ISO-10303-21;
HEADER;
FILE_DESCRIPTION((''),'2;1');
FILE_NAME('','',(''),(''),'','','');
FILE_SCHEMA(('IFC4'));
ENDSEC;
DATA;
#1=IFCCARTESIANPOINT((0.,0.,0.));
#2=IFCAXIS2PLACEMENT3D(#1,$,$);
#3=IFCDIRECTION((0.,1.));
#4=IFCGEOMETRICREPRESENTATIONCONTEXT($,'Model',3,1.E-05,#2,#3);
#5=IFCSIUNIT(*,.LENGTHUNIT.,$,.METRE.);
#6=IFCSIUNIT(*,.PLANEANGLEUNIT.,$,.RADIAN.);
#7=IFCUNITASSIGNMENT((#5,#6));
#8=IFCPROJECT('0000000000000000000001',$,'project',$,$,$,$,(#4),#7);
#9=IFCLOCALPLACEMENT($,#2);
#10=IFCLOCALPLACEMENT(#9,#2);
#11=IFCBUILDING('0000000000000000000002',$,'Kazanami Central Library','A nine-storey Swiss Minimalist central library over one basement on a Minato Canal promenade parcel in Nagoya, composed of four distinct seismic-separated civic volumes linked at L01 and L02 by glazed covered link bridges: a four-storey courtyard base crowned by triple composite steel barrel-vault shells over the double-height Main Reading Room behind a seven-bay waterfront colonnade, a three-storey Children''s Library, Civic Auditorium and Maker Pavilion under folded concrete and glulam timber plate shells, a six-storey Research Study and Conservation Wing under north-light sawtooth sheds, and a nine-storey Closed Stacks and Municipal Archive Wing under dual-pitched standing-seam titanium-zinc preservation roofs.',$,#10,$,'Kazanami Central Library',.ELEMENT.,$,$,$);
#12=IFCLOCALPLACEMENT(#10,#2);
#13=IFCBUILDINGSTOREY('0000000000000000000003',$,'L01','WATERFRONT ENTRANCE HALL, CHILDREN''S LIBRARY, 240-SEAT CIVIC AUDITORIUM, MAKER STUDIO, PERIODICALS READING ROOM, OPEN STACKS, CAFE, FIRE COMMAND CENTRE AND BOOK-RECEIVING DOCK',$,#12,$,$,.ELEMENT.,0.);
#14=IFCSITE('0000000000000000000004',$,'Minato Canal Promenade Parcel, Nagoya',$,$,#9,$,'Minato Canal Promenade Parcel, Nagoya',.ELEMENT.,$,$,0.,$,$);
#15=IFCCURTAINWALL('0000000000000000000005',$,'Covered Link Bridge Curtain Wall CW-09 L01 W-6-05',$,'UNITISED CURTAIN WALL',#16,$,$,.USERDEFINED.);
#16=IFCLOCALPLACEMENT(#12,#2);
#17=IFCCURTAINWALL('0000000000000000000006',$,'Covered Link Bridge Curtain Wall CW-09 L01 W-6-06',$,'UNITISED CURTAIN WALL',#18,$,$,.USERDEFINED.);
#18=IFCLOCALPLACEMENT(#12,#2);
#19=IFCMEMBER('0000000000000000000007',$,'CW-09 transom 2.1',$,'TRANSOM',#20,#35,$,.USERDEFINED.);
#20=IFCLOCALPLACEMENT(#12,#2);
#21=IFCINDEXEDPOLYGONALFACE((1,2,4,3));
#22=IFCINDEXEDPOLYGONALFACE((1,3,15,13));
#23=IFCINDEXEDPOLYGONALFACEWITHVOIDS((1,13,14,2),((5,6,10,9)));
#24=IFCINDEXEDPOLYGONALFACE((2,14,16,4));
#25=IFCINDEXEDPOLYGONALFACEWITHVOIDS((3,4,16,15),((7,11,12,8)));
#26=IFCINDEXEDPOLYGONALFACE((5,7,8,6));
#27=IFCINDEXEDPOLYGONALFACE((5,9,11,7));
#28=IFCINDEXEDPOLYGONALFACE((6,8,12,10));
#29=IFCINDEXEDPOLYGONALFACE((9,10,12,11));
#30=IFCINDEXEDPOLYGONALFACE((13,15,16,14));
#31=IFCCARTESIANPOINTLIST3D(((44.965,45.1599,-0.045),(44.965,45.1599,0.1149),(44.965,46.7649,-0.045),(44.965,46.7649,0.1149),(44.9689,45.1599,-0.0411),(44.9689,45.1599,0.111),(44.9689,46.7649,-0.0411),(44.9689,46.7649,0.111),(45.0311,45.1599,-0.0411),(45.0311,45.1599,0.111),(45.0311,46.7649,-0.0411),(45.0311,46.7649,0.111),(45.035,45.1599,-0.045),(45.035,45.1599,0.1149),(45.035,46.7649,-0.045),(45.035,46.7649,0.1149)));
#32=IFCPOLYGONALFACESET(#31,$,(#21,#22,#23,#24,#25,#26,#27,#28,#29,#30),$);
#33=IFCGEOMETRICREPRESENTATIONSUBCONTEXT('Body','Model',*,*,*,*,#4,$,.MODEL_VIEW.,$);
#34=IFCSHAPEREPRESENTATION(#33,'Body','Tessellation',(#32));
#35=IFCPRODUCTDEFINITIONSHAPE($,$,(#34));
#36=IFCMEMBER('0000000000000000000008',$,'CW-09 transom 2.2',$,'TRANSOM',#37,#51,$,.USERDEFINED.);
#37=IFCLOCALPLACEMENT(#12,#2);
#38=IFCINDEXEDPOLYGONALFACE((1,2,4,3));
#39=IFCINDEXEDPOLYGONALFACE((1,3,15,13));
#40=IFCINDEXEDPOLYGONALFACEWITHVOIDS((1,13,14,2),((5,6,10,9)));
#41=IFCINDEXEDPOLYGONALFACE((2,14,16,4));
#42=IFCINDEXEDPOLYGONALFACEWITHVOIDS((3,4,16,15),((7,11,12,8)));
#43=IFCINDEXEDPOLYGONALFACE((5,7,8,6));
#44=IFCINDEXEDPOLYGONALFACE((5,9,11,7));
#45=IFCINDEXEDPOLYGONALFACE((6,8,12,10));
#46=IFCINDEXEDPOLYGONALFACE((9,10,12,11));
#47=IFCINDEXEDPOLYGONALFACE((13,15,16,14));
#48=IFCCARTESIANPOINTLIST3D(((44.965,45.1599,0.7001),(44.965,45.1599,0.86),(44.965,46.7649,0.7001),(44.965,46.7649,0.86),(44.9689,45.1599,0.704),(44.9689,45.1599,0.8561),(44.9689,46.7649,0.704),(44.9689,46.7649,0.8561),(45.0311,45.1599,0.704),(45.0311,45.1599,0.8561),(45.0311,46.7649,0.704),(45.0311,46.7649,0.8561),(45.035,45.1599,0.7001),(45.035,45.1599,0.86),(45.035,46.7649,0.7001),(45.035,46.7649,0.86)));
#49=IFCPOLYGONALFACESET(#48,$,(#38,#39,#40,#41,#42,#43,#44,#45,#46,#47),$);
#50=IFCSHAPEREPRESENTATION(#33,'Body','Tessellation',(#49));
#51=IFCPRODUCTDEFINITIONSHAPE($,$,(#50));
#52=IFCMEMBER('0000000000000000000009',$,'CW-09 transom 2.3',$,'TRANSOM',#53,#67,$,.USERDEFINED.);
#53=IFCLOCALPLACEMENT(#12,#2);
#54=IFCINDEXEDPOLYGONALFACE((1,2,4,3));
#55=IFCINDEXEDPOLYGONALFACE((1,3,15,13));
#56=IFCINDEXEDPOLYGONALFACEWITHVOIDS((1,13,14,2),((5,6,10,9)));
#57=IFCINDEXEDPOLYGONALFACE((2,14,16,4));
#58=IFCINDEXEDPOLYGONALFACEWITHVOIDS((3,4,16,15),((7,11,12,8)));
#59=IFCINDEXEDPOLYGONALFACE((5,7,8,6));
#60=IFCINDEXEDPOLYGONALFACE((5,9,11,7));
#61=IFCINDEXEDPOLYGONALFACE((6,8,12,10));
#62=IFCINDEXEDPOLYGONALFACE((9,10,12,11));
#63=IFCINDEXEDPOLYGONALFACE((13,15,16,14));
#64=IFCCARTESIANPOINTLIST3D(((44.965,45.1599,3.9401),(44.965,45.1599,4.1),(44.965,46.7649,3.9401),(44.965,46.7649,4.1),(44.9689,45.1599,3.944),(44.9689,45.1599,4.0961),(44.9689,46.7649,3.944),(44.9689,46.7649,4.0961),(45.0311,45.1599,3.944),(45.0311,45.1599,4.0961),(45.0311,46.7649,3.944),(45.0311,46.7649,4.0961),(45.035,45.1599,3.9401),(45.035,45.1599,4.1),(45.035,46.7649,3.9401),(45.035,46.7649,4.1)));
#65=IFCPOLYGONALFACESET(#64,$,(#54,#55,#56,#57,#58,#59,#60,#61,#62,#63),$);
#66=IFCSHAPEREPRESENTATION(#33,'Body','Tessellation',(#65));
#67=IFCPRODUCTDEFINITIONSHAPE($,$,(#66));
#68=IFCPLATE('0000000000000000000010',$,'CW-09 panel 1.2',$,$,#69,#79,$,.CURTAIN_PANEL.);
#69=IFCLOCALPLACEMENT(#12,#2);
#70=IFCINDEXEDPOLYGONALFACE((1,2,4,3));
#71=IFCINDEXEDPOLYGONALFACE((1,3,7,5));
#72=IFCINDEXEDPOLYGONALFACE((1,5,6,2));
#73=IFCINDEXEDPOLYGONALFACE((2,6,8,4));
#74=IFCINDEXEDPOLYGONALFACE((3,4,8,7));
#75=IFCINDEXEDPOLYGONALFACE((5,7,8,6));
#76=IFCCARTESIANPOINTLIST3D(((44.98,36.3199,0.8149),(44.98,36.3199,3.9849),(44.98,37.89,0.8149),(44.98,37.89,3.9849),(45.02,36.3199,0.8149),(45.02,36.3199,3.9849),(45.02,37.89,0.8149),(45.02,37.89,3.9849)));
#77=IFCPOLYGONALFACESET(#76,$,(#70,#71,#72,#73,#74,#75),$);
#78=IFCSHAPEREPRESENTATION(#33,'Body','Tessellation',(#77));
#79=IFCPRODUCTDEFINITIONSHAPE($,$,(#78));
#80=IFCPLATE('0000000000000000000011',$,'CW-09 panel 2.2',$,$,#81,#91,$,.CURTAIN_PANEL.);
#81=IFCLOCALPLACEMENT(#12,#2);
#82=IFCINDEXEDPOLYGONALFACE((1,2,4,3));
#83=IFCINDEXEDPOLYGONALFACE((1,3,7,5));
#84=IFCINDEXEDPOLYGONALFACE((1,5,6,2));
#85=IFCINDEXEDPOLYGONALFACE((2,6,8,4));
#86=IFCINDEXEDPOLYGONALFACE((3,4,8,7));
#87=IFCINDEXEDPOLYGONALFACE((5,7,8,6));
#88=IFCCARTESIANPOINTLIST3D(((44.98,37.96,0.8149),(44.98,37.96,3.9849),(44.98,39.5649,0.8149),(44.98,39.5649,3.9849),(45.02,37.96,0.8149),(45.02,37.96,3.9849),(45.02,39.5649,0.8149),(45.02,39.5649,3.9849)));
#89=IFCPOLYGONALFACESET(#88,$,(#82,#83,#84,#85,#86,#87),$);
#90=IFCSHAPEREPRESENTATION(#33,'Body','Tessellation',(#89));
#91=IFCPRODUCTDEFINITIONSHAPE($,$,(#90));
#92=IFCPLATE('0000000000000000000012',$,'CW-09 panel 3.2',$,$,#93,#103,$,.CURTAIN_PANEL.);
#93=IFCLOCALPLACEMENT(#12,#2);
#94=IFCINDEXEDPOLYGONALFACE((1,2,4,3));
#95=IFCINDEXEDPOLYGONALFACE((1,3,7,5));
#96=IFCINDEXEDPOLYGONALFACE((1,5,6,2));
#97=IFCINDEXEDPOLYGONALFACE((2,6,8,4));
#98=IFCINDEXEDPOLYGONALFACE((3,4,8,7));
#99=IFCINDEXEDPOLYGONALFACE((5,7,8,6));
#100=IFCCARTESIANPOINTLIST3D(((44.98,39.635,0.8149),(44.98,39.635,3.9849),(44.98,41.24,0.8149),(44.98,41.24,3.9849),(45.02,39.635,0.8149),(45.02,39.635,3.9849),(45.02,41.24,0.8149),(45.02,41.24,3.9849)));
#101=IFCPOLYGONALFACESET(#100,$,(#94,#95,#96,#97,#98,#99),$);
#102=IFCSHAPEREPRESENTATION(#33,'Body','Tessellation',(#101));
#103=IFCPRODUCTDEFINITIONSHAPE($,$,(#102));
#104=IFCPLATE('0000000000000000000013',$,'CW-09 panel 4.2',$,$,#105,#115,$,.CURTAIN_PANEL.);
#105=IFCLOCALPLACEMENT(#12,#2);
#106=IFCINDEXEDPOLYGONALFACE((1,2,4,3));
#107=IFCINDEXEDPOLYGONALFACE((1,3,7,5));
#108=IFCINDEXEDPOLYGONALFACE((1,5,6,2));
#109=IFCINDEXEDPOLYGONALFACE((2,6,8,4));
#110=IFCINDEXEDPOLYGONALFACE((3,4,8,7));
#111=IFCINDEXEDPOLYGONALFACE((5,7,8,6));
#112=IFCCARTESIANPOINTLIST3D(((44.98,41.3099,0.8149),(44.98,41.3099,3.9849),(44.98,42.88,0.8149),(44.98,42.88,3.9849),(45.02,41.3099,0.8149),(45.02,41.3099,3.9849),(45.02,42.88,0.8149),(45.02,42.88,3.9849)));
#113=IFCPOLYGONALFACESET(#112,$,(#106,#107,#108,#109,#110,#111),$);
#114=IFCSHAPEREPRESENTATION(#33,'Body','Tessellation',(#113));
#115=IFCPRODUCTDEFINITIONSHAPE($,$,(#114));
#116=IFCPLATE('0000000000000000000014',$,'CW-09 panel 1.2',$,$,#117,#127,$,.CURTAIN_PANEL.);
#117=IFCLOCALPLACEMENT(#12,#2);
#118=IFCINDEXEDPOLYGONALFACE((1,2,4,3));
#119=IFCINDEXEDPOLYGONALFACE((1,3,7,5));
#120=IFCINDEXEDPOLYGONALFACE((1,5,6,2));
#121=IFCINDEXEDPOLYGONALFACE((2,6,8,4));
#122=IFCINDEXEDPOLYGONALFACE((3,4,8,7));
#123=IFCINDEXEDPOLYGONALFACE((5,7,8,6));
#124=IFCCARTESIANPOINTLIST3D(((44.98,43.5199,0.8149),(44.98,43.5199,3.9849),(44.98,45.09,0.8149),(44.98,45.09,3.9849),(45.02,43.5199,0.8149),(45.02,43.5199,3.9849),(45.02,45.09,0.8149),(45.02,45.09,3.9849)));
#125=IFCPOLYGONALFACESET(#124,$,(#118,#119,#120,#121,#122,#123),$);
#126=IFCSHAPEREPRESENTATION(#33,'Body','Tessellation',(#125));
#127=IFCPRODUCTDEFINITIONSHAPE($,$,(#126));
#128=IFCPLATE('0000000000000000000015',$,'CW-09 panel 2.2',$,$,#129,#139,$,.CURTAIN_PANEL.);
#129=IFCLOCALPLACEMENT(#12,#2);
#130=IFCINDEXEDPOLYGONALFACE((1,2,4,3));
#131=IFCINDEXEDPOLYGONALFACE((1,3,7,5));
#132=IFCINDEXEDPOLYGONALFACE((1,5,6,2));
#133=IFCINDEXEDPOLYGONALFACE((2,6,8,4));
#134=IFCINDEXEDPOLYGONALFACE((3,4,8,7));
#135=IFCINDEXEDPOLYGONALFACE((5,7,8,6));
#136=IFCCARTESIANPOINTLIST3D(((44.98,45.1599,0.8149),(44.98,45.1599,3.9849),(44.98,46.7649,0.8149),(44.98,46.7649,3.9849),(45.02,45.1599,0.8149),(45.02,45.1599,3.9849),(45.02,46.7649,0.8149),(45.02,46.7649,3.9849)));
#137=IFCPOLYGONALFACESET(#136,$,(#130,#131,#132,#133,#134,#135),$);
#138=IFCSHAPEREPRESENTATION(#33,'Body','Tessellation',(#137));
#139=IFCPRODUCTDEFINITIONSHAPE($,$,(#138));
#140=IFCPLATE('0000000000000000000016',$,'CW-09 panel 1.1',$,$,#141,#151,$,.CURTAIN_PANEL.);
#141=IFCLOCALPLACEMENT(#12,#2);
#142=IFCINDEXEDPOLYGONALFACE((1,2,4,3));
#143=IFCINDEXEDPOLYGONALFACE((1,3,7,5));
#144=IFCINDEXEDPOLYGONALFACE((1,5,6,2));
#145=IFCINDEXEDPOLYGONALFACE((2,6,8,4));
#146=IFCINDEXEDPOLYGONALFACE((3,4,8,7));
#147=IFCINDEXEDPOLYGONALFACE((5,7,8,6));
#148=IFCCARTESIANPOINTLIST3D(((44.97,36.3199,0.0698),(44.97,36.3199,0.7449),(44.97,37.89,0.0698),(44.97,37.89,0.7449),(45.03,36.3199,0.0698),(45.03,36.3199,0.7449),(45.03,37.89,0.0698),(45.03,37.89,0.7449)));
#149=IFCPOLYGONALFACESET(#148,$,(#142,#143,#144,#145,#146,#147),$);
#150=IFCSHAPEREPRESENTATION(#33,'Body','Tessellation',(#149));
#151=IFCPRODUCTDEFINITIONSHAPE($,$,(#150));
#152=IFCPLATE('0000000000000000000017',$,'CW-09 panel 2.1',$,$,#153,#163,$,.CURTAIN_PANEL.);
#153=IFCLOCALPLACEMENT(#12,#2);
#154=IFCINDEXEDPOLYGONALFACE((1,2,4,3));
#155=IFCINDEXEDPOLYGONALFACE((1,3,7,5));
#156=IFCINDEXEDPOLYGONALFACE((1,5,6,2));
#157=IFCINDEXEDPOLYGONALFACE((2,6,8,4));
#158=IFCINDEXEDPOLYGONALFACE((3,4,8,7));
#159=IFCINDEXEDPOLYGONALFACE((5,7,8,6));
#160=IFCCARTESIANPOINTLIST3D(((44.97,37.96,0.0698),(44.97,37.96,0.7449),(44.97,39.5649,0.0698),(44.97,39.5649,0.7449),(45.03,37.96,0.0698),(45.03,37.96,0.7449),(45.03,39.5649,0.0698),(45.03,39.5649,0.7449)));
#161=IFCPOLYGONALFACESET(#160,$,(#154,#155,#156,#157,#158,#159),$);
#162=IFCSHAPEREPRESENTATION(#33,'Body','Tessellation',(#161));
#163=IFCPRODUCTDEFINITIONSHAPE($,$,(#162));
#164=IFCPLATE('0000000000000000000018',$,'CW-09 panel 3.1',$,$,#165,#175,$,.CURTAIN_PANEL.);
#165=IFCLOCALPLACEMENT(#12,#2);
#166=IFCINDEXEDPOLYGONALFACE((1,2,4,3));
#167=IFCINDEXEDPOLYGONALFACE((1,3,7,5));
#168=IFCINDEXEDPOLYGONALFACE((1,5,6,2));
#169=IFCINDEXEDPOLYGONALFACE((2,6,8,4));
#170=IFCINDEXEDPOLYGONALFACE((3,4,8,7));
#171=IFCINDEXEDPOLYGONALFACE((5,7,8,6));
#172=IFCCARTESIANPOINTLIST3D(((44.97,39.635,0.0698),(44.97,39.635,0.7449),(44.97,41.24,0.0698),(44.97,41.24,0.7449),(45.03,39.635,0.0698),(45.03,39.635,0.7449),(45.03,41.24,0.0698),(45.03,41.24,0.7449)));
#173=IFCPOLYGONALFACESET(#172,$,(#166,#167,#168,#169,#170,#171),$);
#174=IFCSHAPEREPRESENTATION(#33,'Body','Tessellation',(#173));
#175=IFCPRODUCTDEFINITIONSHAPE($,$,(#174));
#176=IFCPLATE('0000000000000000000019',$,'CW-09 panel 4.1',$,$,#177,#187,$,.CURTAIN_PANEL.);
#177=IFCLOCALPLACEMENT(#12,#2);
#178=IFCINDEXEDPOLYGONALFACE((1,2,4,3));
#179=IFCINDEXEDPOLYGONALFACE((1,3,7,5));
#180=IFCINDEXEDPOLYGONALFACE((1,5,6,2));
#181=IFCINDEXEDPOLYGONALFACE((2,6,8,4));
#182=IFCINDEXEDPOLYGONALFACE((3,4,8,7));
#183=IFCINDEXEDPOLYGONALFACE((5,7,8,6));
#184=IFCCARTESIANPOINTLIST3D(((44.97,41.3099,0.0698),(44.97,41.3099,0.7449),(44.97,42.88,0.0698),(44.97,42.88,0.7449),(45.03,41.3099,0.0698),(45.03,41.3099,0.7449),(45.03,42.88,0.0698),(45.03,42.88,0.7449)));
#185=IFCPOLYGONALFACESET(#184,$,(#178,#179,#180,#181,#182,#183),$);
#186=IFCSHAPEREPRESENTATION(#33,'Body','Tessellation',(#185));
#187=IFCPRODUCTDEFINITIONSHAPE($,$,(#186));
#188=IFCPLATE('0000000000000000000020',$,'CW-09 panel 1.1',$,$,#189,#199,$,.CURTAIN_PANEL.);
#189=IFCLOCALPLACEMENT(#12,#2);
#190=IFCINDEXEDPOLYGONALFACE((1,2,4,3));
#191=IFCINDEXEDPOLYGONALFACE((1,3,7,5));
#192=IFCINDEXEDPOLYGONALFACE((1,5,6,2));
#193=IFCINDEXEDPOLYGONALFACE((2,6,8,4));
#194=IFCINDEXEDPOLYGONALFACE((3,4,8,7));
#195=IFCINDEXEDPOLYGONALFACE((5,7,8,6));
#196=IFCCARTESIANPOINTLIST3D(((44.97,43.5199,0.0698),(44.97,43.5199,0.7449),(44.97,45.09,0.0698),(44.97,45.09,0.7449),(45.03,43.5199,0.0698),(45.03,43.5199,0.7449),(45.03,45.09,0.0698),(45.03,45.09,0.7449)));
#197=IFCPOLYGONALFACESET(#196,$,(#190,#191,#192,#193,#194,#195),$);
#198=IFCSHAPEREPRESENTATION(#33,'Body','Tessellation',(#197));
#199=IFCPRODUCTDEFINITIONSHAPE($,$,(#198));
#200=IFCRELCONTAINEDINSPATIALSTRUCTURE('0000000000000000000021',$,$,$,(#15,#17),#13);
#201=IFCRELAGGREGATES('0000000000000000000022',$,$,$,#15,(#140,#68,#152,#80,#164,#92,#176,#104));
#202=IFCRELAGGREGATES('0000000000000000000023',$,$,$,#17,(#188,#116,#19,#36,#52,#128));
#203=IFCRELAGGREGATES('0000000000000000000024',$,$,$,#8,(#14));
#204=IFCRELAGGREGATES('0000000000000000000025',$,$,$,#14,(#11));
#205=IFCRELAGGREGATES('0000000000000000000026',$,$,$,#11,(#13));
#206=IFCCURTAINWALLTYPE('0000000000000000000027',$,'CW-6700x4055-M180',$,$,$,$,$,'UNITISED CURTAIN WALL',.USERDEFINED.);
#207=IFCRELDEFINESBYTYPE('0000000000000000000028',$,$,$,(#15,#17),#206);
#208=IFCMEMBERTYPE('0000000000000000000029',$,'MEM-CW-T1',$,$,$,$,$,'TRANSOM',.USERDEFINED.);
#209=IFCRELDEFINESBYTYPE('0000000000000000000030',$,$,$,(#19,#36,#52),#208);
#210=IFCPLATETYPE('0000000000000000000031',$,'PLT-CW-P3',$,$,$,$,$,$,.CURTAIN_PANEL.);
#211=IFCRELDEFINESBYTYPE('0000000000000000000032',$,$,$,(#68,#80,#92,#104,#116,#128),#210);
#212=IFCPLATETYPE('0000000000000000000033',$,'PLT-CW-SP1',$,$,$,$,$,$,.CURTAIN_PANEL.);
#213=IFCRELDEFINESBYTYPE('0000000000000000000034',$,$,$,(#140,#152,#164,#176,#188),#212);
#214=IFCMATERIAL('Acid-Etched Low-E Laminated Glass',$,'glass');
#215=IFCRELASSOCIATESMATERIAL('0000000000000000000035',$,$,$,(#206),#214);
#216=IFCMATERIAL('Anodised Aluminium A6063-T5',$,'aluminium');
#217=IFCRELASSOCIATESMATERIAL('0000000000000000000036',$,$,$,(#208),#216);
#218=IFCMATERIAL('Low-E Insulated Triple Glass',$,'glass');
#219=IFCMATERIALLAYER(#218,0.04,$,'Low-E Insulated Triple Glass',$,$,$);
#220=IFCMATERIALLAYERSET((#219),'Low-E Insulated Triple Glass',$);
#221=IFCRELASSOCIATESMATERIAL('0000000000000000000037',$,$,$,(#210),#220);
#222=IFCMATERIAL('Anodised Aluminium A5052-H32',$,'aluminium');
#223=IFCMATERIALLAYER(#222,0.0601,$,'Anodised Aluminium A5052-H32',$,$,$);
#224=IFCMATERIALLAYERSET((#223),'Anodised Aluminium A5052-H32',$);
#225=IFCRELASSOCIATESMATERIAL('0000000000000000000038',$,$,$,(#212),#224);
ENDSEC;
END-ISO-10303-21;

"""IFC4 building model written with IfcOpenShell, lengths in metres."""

from ifc_helpers import new_model, si_unit, direction, frame, origin, origin_2d, place, context, subcontext, project, spatial, rectangle, hollow_rectangle, extrude, material, layer, layer_set, material_profile, profile_set, type_object, element, aggregate, save


model = new_model("IFC4")

# Units and contexts
model_context = context("Model", 3, precision=1e-05, world=origin(), true_north=direction((0.0, 1.0)))
body_context = subcontext(model_context, "Body", "Model", "MODEL_VIEW")
ifc_project = project(units=[si_unit("LENGTHUNIT", "METRE"), si_unit("PLANEANGLEUNIT", "RADIAN")], contexts=[model_context])

# Site, building, storey
site_placement = place(None, origin())
site = spatial("IfcSite", under=ifc_project, at=site_placement, Name="Minato Canal Promenade Parcel, Nagoya", LongName="Minato Canal Promenade Parcel, Nagoya", CompositionType="ELEMENT", RefElevation=0.0)
building_placement = place(site_placement, origin())
building = spatial("IfcBuilding", under=site, at=building_placement, Name="Kazanami Central Library", Description="A nine-storey Swiss Minimalist central library over one basement on a Minato Canal promenade parcel in Nagoya, composed of four distinct seismic-separated civic volumes linked at L01 and L02 by glazed covered link bridges: a four-storey courtyard base crowned by triple composite steel barrel-vault shells over the double-height Main Reading Room behind a seven-bay waterfront colonnade, a three-storey Children's Library, Civic Auditorium and Maker Pavilion under folded concrete and glulam timber plate shells, a six-storey Research Study and Conservation Wing under north-light sawtooth sheds, and a nine-storey Closed Stacks and Municipal Archive Wing under dual-pitched standing-seam titanium-zinc preservation roofs.", LongName="Kazanami Central Library", CompositionType="ELEMENT")
storey_placement = place(building_placement, origin())
storey = spatial("IfcBuildingStorey", under=building, at=storey_placement, Name="L01", Description="WATERFRONT ENTRANCE HALL, CHILDREN'S LIBRARY, 240-SEAT CIVIC AUDITORIUM, MAKER STUDIO, PERIODICALS READING ROOM, OPEN STACKS, CAFE, FIRE COMMAND CENTRE AND BOOK-RECEIVING DOCK", CompositionType="ELEMENT", Elevation=0.0)

# Curtain walls
ifc_material_1 = material(Name="Acid-Etched Low-E Laminated Glass", Category="glass")
curtain_wall_type = type_object("IfcCurtainWallType", Name="CW-6700x4055-M180", ElementType="UNITISED CURTAIN WALL", PredefinedType="USERDEFINED", material=ifc_material_1)
curtain_wall_1_placement = place(storey_placement, origin())
curtain_wall_1 = element("IfcCurtainWall", 1, at=curtain_wall_1_placement, inside=storey, type_object=curtain_wall_type, Name="Covered Link Bridge Curtain Wall CW-09 L01 W-6-05", ObjectType="UNITISED CURTAIN WALL", PredefinedType="USERDEFINED")
ifc_material_2 = material(Name="Anodised Aluminium A6063-T5", Category="aluminium")
curtain_wall_2_placement = place(storey_placement, origin())
curtain_wall_2 = element("IfcCurtainWall", 2, at=curtain_wall_2_placement, inside=storey, type_object=curtain_wall_type, Name="Covered Link Bridge Curtain Wall CW-09 L01 W-6-06", ObjectType="UNITISED CURTAIN WALL", PredefinedType="USERDEFINED")

# Members
ifc_material_profile_1 = material_profile(ifc_material_2, hollow_rectangle(XDim=0.0701, YDim=0.1599, WallThickness=0.0039, at=origin_2d()), Name="ALU-TRAN-70x160x4")
ifc_profile_set_1 = profile_set([ifc_material_profile_1], Name="Anodised Aluminium A6063-T5")
member_type_1 = type_object("IfcMemberType", Name="MEM-CW-T1", ElementType="TRANSOM", PredefinedType="USERDEFINED", material=ifc_profile_set_1)
member_1_placement = place(storey_placement, frame((45.0, 45.1599, 0.0349), z_axis=(0.0, 1.0, 0.0), x_axis=(-1.0, 0.0, 0.0)))
member_1 = element("IfcMember", 3, at=member_1_placement, type_object=member_type_1, Name="CW-09 transom 2.1", ObjectType="TRANSOM", PredefinedType="USERDEFINED", context=body_context, shape_type="SweptSolid", body=[
    extrude(hollow_rectangle(XDim=0.0701, YDim=0.1599, WallThickness=0.0039, at=origin_2d()), origin(), (0.0, 0.0, 1.0), 1.605),
])
member_2_placement = place(storey_placement, frame((45.0, 45.1599, 0.78), z_axis=(0.0, 1.0, 0.0), x_axis=(-1.0, 0.0, 0.0)))
member_2 = element("IfcMember", 4, at=member_2_placement, type_object=member_type_1, Name="CW-09 transom 2.2", ObjectType="TRANSOM", PredefinedType="USERDEFINED", context=body_context, shape_type="SweptSolid", body=[
    extrude(hollow_rectangle(XDim=0.0701, YDim=0.1599, WallThickness=0.0039, at=origin_2d()), origin(), (0.0, 0.0, 1.0), 1.605),
])
member_3_placement = place(storey_placement, frame((45.0, 45.1599, 4.02), z_axis=(0.0, 1.0, 0.0), x_axis=(-1.0, 0.0, 0.0)))
member_3 = element("IfcMember", 5, at=member_3_placement, type_object=member_type_1, Name="CW-09 transom 2.3", ObjectType="TRANSOM", PredefinedType="USERDEFINED", context=body_context, shape_type="SweptSolid", body=[
    extrude(hollow_rectangle(XDim=0.0701, YDim=0.1599, WallThickness=0.0039, at=origin_2d()), origin(), (0.0, 0.0, 1.0), 1.605),
])

# Plates
ifc_material_3 = material(Name="Low-E Insulated Triple Glass", Category="glass")
ifc_layer_1 = layer(ifc_material_3, 0.04, Name="Low-E Insulated Triple Glass")
ifc_layer_set_1 = layer_set([ifc_layer_1], Name="Low-E Insulated Triple Glass")
plate_type_1 = type_object("IfcPlateType", Name="PLT-CW-P3", PredefinedType="CURTAIN_PANEL", material=ifc_layer_set_1)
plate_1_placement = place(storey_placement, frame((45.0, 37.105, 0.8149), z_axis=(0.0, 0.0, 1.0), x_axis=(0.0, 1.0, 0.0)))
plate_1 = element("IfcPlate", 6, at=plate_1_placement, type_object=plate_type_1, Name="CW-09 panel 1.2", PredefinedType="CURTAIN_PANEL", context=body_context, shape_type="SweptSolid", body=[
    extrude(rectangle(XDim=1.5701, YDim=0.04, at=origin_2d()), origin(), (0.0, 0.0, 1.0), 3.1699),
])
plate_2_placement = place(storey_placement, frame((45.0, 38.7625, 0.8149), z_axis=(0.0, 0.0, 1.0), x_axis=(0.0, 1.0, 0.0)))
plate_2 = element("IfcPlate", 7, at=plate_2_placement, type_object=plate_type_1, Name="CW-09 panel 2.2", PredefinedType="CURTAIN_PANEL", context=body_context, shape_type="SweptSolid", body=[
    extrude(rectangle(XDim=1.605, YDim=0.04, at=origin_2d()), origin(), (0.0, 0.0, 1.0), 3.1699),
])
plate_3_placement = place(storey_placement, frame((45.0, 40.4375, 0.8149), z_axis=(0.0, 0.0, 1.0), x_axis=(0.0, 1.0, 0.0)))
plate_3 = element("IfcPlate", 8, at=plate_3_placement, type_object=plate_type_1, Name="CW-09 panel 3.2", PredefinedType="CURTAIN_PANEL", context=body_context, shape_type="SweptSolid", body=[
    extrude(rectangle(XDim=1.605, YDim=0.04, at=origin_2d()), origin(), (0.0, 0.0, 1.0), 3.1699),
])
plate_4_placement = place(storey_placement, frame((45.0, 42.095, 0.8149), z_axis=(0.0, 0.0, 1.0), x_axis=(0.0, 1.0, 0.0)))
plate_4 = element("IfcPlate", 9, at=plate_4_placement, type_object=plate_type_1, Name="CW-09 panel 4.2", PredefinedType="CURTAIN_PANEL", context=body_context, shape_type="SweptSolid", body=[
    extrude(rectangle(XDim=1.5701, YDim=0.04, at=origin_2d()), origin(), (0.0, 0.0, 1.0), 3.1699),
])
plate_5_placement = place(storey_placement, frame((45.0, 44.3049, 0.8149), z_axis=(0.0, 0.0, 1.0), x_axis=(0.0, 1.0, 0.0)))
plate_5 = element("IfcPlate", 10, at=plate_5_placement, type_object=plate_type_1, Name="CW-09 panel 1.2", PredefinedType="CURTAIN_PANEL", context=body_context, shape_type="SweptSolid", body=[
    extrude(rectangle(XDim=1.5701, YDim=0.04, at=origin_2d()), origin(), (0.0, 0.0, 1.0), 3.1699),
])
plate_6_placement = place(storey_placement, frame((45.0, 45.9624, 0.8149), z_axis=(0.0, 0.0, 1.0), x_axis=(0.0, 1.0, 0.0)))
plate_6 = element("IfcPlate", 11, at=plate_6_placement, type_object=plate_type_1, Name="CW-09 panel 2.2", PredefinedType="CURTAIN_PANEL", context=body_context, shape_type="SweptSolid", body=[
    extrude(rectangle(XDim=1.605, YDim=0.04, at=origin_2d()), origin(), (0.0, 0.0, 1.0), 3.1699),
])
ifc_material_4 = material(Name="Anodised Aluminium A5052-H32", Category="aluminium")
ifc_layer_2 = layer(ifc_material_4, 0.0601, Name="Anodised Aluminium A5052-H32")
ifc_layer_set_2 = layer_set([ifc_layer_2], Name="Anodised Aluminium A5052-H32")
plate_type_2 = type_object("IfcPlateType", Name="PLT-CW-SP1", PredefinedType="CURTAIN_PANEL", material=ifc_layer_set_2)
plate_7_placement = place(storey_placement, frame((45.0, 37.105, 0.0698), z_axis=(0.0, 0.0, 1.0), x_axis=(0.0, 1.0, 0.0)))
plate_7 = element("IfcPlate", 12, at=plate_7_placement, type_object=plate_type_2, Name="CW-09 panel 1.1", PredefinedType="CURTAIN_PANEL", context=body_context, shape_type="SweptSolid", body=[
    extrude(rectangle(XDim=1.5701, YDim=0.0601, at=origin_2d()), origin(), (0.0, 0.0, 1.0), 0.675),
])
plate_8_placement = place(storey_placement, frame((45.0, 38.7625, 0.0698), z_axis=(0.0, 0.0, 1.0), x_axis=(0.0, 1.0, 0.0)))
plate_8 = element("IfcPlate", 13, at=plate_8_placement, type_object=plate_type_2, Name="CW-09 panel 2.1", PredefinedType="CURTAIN_PANEL", context=body_context, shape_type="SweptSolid", body=[
    extrude(rectangle(XDim=1.605, YDim=0.0601, at=origin_2d()), origin(), (0.0, 0.0, 1.0), 0.675),
])
plate_9_placement = place(storey_placement, frame((45.0, 40.4375, 0.0698), z_axis=(0.0, 0.0, 1.0), x_axis=(0.0, 1.0, 0.0)))
plate_9 = element("IfcPlate", 14, at=plate_9_placement, type_object=plate_type_2, Name="CW-09 panel 3.1", PredefinedType="CURTAIN_PANEL", context=body_context, shape_type="SweptSolid", body=[
    extrude(rectangle(XDim=1.605, YDim=0.0601, at=origin_2d()), origin(), (0.0, 0.0, 1.0), 0.675),
])
plate_10_placement = place(storey_placement, frame((45.0, 42.095, 0.0698), z_axis=(0.0, 0.0, 1.0), x_axis=(0.0, 1.0, 0.0)))
plate_10 = element("IfcPlate", 15, at=plate_10_placement, type_object=plate_type_2, Name="CW-09 panel 4.1", PredefinedType="CURTAIN_PANEL", context=body_context, shape_type="SweptSolid", body=[
    extrude(rectangle(XDim=1.5701, YDim=0.0601, at=origin_2d()), origin(), (0.0, 0.0, 1.0), 0.675),
])
aggregate(curtain_wall_1, [plate_7, plate_1, plate_8, plate_2, plate_9, plate_3, plate_10, plate_4])
plate_11_placement = place(storey_placement, frame((45.0, 44.3049, 0.0698), z_axis=(0.0, 0.0, 1.0), x_axis=(0.0, 1.0, 0.0)))
plate_11 = element("IfcPlate", 16, at=plate_11_placement, type_object=plate_type_2, Name="CW-09 panel 1.1", PredefinedType="CURTAIN_PANEL", context=body_context, shape_type="SweptSolid", body=[
    extrude(rectangle(XDim=1.5701, YDim=0.0601, at=origin_2d()), origin(), (0.0, 0.0, 1.0), 0.675),
])
aggregate(curtain_wall_2, [plate_11, plate_5, member_1, member_2, member_3, plate_6])

save(model, "model.ifc")
